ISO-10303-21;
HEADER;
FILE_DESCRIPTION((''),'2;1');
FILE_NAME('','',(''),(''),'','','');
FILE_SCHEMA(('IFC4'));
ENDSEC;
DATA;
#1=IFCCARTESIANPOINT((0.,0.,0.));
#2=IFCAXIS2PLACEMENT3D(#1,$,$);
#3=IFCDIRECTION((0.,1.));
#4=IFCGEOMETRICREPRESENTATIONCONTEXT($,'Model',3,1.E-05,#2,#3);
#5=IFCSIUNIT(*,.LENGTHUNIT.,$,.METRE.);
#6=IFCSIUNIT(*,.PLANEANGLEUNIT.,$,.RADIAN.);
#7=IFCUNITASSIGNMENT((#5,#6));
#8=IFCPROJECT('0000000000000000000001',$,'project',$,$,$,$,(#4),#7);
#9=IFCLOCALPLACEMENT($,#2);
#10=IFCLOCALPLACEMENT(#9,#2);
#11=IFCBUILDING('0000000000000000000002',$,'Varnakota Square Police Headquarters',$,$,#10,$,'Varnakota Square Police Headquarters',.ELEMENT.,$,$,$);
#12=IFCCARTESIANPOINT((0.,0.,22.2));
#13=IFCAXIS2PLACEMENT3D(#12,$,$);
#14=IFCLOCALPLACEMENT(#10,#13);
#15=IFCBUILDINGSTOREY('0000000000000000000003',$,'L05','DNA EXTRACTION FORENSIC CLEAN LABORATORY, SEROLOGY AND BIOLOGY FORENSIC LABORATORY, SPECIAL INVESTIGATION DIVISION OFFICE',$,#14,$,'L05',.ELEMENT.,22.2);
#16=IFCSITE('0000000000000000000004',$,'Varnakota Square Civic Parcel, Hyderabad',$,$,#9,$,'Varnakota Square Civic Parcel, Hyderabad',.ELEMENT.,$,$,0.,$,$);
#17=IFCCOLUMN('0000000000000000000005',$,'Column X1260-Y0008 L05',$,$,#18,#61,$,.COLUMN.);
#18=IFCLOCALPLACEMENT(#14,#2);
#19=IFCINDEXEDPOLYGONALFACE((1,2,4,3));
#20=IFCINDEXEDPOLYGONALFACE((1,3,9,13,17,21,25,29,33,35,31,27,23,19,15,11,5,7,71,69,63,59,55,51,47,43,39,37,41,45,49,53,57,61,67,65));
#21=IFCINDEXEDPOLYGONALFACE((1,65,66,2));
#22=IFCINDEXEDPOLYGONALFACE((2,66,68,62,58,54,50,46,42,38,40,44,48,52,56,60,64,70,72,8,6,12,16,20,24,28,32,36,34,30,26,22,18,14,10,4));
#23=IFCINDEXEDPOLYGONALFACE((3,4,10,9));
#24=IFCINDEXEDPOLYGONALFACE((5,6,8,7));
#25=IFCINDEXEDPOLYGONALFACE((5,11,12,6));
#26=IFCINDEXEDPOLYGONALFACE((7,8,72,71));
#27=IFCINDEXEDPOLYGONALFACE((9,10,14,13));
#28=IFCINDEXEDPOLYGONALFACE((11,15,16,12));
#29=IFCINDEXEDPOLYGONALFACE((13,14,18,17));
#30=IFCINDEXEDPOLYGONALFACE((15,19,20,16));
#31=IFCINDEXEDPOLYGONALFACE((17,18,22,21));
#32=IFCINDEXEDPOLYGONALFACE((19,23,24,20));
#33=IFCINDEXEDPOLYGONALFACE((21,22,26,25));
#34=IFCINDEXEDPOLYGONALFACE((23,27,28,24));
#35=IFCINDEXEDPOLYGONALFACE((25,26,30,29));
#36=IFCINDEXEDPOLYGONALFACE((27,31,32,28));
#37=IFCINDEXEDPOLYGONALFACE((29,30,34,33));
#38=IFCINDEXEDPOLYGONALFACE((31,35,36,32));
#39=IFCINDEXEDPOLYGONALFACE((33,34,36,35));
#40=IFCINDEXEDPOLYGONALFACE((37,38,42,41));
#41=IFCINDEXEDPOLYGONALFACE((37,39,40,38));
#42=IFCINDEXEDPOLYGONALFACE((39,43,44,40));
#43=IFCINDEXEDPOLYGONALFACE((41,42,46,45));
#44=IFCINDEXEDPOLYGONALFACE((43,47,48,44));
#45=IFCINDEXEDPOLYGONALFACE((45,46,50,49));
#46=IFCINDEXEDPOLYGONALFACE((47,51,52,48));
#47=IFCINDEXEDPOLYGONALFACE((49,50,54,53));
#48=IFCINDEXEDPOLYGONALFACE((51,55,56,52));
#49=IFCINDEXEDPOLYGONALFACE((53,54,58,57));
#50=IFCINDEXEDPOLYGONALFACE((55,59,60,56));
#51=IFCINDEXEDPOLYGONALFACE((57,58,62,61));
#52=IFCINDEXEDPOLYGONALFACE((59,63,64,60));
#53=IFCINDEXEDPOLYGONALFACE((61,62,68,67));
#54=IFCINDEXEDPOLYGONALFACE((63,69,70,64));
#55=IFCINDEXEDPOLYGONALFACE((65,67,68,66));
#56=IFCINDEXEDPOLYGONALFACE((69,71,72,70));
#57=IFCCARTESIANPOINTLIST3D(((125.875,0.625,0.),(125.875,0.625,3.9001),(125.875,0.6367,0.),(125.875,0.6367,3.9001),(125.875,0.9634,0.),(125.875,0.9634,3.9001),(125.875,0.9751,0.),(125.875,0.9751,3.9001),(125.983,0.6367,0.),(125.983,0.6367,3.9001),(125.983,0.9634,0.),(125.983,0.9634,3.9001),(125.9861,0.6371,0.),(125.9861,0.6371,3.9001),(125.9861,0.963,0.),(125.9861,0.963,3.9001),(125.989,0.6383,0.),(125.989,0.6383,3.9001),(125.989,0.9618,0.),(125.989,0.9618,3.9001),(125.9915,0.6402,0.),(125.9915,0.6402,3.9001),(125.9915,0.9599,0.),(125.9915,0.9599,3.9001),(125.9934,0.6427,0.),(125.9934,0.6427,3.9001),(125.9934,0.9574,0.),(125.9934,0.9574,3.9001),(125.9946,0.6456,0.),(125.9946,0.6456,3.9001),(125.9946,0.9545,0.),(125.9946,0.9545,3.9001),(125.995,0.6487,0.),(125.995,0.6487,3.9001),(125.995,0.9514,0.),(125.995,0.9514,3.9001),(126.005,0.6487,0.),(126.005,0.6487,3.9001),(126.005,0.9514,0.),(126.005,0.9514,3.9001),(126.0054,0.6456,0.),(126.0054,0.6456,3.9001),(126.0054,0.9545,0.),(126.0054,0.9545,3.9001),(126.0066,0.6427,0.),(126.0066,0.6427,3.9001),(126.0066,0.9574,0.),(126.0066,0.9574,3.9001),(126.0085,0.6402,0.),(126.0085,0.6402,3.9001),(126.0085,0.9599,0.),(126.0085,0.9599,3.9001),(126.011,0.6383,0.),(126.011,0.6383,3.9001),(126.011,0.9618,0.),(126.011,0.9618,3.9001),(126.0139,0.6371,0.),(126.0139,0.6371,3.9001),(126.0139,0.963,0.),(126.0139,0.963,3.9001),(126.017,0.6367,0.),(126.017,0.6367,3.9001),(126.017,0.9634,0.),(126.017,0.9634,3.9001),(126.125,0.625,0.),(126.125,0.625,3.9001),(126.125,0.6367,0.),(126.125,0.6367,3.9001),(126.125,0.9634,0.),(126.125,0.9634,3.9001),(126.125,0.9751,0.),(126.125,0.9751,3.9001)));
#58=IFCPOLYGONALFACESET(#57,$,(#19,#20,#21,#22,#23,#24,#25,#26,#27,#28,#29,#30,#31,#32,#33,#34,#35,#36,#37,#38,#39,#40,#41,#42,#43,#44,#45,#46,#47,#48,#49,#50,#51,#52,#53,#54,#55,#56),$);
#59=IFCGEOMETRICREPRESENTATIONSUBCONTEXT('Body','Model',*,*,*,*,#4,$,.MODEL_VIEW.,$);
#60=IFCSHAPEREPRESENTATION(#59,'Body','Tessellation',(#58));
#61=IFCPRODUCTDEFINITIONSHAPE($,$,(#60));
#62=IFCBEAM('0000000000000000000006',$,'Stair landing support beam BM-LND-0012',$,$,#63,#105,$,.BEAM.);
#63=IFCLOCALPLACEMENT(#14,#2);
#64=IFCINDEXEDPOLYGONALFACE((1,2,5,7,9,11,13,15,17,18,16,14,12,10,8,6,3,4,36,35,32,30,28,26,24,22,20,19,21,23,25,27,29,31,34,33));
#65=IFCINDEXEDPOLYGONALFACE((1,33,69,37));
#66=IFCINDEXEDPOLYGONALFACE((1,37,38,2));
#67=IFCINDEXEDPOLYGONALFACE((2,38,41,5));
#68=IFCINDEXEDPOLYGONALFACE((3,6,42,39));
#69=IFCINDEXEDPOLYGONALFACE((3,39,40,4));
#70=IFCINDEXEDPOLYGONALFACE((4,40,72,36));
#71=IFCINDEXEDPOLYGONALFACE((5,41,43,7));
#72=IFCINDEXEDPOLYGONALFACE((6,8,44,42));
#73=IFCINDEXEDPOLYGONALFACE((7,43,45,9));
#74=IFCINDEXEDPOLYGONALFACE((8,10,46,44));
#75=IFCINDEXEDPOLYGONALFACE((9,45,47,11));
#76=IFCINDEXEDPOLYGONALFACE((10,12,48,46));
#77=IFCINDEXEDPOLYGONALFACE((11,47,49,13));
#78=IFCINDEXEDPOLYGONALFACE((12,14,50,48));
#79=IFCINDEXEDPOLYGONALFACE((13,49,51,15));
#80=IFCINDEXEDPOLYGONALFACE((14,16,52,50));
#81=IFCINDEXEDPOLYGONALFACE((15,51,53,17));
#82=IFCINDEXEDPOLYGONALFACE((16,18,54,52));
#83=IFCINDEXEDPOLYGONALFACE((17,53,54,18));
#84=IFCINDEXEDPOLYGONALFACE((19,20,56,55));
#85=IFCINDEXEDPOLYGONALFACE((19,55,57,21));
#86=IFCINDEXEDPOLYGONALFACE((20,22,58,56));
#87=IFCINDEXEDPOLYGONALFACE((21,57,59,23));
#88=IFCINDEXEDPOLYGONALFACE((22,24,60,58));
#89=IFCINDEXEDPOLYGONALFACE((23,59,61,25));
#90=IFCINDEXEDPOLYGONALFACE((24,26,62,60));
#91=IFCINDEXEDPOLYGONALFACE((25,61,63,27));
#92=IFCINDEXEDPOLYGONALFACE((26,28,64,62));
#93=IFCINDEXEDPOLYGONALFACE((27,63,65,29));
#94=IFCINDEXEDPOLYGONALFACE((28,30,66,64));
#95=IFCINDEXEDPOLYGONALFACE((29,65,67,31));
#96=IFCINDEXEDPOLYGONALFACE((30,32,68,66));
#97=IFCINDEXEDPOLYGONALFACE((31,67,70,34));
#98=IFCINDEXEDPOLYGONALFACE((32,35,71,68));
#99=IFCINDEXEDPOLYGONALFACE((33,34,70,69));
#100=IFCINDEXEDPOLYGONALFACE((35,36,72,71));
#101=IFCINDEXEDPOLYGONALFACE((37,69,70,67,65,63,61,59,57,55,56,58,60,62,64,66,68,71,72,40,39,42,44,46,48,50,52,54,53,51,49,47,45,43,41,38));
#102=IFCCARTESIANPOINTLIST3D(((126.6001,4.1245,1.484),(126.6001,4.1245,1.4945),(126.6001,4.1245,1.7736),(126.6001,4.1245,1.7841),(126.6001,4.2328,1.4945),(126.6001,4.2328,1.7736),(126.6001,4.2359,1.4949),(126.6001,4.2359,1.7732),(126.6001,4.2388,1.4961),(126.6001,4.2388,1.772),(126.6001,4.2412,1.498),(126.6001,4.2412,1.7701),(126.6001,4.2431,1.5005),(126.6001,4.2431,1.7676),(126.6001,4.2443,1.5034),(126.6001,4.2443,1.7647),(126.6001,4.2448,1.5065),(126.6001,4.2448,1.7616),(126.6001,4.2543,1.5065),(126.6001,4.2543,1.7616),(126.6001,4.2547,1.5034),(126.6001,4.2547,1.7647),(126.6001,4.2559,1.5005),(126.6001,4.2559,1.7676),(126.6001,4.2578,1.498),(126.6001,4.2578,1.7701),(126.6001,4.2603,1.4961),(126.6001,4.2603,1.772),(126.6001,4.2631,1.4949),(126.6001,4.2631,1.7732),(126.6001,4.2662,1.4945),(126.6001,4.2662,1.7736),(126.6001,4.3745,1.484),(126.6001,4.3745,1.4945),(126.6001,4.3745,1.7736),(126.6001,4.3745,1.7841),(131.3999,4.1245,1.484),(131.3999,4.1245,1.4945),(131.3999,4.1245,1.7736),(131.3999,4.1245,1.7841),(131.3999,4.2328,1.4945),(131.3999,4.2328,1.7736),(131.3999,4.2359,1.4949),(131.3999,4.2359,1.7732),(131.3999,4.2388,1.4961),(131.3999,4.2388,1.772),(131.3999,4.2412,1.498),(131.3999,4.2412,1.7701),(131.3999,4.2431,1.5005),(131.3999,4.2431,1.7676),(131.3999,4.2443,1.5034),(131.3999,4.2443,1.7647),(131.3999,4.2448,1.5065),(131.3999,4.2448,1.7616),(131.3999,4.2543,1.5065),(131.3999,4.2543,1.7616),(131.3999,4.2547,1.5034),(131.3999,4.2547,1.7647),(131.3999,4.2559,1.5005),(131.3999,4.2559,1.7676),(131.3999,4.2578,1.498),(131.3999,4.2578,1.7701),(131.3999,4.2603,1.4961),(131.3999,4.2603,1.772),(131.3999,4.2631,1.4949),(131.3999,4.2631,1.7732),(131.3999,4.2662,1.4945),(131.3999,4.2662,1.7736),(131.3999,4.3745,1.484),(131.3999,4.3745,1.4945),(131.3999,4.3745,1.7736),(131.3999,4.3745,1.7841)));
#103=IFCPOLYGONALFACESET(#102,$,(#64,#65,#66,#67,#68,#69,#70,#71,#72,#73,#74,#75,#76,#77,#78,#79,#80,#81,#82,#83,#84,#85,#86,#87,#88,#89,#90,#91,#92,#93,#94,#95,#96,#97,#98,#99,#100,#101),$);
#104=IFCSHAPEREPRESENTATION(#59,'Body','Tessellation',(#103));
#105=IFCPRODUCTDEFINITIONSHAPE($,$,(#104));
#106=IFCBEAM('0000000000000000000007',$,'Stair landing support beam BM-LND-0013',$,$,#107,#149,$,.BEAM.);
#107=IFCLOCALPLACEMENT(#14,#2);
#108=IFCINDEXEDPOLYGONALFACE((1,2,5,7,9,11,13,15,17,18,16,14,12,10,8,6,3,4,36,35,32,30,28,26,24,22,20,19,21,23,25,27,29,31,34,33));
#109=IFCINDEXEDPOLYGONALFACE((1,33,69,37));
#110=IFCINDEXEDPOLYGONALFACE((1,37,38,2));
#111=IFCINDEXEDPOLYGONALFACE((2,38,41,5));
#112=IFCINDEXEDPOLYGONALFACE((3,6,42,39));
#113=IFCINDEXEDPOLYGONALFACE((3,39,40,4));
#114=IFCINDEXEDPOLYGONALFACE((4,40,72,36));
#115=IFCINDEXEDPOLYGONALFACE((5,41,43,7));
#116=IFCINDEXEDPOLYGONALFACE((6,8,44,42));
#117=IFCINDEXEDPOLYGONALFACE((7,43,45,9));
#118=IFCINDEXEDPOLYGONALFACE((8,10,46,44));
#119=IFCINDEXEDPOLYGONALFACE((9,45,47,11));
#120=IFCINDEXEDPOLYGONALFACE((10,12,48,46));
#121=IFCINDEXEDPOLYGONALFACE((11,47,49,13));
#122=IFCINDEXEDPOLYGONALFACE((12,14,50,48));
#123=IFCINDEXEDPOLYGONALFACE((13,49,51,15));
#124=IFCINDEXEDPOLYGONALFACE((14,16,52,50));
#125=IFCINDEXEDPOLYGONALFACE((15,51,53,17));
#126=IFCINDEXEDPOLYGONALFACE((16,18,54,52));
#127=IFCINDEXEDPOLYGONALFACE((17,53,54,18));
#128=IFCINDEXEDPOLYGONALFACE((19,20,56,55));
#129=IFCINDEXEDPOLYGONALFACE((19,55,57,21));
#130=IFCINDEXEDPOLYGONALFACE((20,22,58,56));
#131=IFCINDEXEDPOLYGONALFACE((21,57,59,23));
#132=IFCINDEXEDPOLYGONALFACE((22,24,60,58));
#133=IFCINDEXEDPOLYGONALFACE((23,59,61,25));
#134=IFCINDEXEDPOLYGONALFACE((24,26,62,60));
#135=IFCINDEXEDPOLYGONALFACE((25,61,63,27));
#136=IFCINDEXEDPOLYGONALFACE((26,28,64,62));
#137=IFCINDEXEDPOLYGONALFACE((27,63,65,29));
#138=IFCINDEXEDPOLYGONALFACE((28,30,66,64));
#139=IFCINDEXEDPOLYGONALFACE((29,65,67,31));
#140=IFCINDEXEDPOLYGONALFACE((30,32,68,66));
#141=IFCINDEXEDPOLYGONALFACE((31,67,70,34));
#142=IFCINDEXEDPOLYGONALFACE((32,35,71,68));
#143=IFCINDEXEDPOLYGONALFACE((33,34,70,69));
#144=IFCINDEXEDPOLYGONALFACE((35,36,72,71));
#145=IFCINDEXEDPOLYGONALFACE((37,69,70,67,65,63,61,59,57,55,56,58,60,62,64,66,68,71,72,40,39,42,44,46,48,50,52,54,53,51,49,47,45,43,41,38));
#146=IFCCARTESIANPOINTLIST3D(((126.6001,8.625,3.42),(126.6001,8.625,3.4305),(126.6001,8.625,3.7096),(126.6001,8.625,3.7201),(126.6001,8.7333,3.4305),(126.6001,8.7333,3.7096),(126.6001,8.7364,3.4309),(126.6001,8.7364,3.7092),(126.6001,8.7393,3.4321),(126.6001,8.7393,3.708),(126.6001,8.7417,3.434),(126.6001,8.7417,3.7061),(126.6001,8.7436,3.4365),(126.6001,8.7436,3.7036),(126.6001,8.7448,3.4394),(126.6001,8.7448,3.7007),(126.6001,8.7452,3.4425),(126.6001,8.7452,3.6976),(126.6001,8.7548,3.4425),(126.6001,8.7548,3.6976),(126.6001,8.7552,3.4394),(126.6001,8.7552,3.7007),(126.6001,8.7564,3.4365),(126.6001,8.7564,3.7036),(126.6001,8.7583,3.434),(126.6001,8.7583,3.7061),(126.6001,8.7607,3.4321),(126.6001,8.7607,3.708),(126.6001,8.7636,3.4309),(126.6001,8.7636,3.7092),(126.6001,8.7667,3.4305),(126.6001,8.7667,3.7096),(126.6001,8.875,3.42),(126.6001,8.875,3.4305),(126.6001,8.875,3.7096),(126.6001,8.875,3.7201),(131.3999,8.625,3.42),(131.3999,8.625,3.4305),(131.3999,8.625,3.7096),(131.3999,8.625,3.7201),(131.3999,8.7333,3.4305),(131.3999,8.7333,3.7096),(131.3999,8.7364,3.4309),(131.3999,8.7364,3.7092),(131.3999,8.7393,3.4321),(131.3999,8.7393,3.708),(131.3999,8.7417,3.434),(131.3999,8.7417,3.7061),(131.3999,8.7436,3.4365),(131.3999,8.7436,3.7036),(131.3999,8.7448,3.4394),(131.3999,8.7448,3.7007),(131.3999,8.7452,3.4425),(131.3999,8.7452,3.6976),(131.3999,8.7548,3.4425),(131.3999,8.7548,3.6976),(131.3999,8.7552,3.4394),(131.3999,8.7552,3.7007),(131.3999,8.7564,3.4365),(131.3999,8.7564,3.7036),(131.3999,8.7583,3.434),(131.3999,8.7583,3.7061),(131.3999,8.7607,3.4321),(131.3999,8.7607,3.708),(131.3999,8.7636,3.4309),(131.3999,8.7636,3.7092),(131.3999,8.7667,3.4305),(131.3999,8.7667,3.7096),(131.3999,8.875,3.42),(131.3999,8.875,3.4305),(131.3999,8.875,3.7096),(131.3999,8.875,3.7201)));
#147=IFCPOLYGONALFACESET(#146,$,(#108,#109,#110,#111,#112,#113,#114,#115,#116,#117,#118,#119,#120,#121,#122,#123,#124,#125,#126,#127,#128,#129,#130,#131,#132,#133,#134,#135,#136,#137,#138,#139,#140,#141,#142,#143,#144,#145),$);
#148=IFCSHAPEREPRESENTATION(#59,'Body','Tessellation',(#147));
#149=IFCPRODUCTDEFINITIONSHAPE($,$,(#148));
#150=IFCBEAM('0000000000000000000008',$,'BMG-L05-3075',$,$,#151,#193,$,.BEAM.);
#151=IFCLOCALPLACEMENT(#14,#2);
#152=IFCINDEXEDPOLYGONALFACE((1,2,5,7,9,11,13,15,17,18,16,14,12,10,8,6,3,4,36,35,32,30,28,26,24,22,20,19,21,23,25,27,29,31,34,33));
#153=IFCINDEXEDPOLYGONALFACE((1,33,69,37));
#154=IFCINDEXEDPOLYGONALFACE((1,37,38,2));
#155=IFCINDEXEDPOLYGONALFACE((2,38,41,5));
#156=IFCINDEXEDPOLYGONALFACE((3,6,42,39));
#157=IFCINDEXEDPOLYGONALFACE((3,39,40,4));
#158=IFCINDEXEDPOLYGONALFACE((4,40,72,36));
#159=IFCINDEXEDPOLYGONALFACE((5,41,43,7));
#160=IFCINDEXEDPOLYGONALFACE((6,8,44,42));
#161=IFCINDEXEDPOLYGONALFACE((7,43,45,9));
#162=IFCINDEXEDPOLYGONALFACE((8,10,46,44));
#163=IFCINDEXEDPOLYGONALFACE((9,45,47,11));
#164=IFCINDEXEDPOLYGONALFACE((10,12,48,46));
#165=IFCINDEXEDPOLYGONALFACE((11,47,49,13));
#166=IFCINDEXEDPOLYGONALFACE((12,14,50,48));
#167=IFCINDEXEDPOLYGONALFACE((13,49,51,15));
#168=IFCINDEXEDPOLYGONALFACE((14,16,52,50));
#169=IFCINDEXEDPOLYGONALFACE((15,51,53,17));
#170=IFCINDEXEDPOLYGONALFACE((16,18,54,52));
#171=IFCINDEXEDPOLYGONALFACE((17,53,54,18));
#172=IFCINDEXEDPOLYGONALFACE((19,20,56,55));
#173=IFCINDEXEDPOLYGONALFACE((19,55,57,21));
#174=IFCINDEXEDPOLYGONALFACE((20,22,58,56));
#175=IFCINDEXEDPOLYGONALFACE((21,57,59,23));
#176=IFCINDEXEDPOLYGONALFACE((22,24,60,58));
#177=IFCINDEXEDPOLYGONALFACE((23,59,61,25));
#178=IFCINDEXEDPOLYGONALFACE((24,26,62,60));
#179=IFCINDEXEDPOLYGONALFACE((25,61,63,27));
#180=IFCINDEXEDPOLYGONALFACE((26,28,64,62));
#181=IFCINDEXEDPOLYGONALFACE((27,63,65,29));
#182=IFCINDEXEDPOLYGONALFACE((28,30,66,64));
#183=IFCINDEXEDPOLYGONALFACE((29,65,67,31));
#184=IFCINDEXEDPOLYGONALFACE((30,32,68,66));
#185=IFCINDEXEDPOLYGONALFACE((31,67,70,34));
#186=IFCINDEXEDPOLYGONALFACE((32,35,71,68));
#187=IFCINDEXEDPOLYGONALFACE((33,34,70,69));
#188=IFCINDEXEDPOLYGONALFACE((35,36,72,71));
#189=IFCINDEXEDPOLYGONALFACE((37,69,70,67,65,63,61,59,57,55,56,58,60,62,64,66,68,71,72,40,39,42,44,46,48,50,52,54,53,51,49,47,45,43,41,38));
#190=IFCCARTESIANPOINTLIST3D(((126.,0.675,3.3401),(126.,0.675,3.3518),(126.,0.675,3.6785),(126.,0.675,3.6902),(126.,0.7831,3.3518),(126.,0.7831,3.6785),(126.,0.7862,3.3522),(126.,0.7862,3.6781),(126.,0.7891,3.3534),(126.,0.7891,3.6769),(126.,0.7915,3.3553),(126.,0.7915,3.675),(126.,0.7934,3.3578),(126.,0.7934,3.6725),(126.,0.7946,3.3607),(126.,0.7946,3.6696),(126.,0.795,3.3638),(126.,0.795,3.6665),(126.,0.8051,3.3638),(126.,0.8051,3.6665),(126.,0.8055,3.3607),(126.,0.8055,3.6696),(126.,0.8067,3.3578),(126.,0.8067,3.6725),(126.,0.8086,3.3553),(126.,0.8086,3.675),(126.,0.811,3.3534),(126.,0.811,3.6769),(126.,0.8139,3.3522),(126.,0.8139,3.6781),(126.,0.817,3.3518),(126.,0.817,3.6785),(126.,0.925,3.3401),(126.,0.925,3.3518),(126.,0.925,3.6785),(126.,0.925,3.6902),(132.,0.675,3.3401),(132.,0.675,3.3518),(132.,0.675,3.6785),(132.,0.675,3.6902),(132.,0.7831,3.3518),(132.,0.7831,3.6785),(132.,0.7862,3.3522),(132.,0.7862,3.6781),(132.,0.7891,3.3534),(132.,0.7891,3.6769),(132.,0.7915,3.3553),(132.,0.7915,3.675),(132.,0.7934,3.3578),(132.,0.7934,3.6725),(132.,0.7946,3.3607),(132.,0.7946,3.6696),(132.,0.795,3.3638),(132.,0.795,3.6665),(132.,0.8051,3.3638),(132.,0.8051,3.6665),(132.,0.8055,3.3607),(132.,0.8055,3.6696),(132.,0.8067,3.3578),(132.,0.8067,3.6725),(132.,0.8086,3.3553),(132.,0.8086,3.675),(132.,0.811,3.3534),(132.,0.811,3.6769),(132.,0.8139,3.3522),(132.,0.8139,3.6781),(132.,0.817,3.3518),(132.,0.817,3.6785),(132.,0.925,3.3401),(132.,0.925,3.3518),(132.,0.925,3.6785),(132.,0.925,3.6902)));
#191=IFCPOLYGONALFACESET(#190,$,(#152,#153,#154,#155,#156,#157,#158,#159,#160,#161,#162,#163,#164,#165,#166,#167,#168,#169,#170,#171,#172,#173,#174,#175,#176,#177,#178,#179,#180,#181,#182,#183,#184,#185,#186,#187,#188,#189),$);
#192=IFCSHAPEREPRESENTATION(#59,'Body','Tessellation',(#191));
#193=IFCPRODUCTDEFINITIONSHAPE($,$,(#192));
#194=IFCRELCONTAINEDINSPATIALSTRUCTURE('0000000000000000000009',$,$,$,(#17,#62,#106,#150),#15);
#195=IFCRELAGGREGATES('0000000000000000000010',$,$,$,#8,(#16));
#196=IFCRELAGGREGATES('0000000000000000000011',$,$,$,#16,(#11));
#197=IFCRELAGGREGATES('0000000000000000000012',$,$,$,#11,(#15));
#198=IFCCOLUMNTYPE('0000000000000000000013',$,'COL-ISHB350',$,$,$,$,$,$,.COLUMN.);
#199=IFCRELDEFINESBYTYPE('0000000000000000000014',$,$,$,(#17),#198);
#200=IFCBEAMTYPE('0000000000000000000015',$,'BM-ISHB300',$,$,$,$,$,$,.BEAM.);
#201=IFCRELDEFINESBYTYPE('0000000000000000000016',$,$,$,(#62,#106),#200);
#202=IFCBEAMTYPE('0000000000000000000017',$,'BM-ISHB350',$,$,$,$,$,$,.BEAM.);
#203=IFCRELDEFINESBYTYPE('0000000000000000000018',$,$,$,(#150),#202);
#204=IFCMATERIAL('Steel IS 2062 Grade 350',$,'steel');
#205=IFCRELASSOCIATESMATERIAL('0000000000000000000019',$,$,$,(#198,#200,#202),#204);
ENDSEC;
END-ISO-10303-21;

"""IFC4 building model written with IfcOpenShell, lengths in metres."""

from ifc_helpers import new_model, si_unit, direction, frame, origin, origin_2d, place, context, subcontext, project, spatial, i_section, extrude, material, material_profile, profile_set, type_object, element, save


model = new_model("IFC4")

# Units and contexts
model_context = context("Model", 3, precision=1e-05, world=origin(), true_north=direction((0.0, 1.0)))
body_context = subcontext(model_context, "Body", "Model", "MODEL_VIEW")
ifc_project = project(units=[si_unit("LENGTHUNIT", "METRE"), si_unit("PLANEANGLEUNIT", "RADIAN")], contexts=[model_context])

# Site, building, storey
site_placement = place(None, origin())
site = spatial("IfcSite", under=ifc_project, at=site_placement, Name="Varnakota Square Civic Parcel, Hyderabad", LongName="Varnakota Square Civic Parcel, Hyderabad", CompositionType="ELEMENT", RefElevation=0.0)
building_placement = place(site_placement, origin())
building = spatial("IfcBuilding", under=site, at=building_placement, Name="Varnakota Square Police Headquarters", LongName="Varnakota Square Police Headquarters", CompositionType="ELEMENT")
storey_placement = place(building_placement, frame((0.0, 0.0, 22.2)))
storey = spatial("IfcBuildingStorey", under=building, at=storey_placement, Name="L05", Description="DNA EXTRACTION FORENSIC CLEAN LABORATORY, SEROLOGY AND BIOLOGY FORENSIC LABORATORY, SPECIAL INVESTIGATION DIVISION OFFICE", LongName="L05", CompositionType="ELEMENT", Elevation=22.2)

# Column
ifc_material_1 = material(Name="Steel IS 2062 Grade 350", Category="steel")
ifc_material_profile_1 = material_profile(ifc_material_1, i_section(OverallWidth=0.25, OverallDepth=0.3501, WebThickness=0.01, FlangeThickness=0.0117, FilletRadius=0.012, at=origin_2d()), Name="ISHB 350")
ifc_profile_set_1 = profile_set([ifc_material_profile_1], Name="Steel IS 2062 Grade 350")
column_type = type_object("IfcColumnType", Name="COL-ISHB350", PredefinedType="COLUMN", material=ifc_profile_set_1)
column_placement = place(storey_placement, frame((126.0, 0.8, 0.0), z_axis=(0.0, 0.0, 1.0), x_axis=(1.0, 0.0, 0.0)))
element("IfcColumn", 1, at=column_placement, inside=storey, type_object=column_type, Name="Column X1260-Y0008 L05", PredefinedType="COLUMN", context=body_context, shape_type="SweptSolid", body=[
    extrude(i_section(OverallWidth=0.25, OverallDepth=0.3501, WebThickness=0.01, FlangeThickness=0.0117, FilletRadius=0.012, at=origin_2d()), origin(), (0.0, 0.0, 1.0), 3.9001),
])

# Beams
ifc_material_profile_2 = material_profile(ifc_material_1, i_section(OverallWidth=0.25, OverallDepth=0.3, WebThickness=0.0095, FlangeThickness=0.0105, FilletRadius=0.012, at=origin_2d()), Name="ISHB 300")
ifc_profile_set_2 = profile_set([ifc_material_profile_2], Name="Steel IS 2062 Grade 350")
beam_type_1 = type_object("IfcBeamType", Name="BM-ISHB300", PredefinedType="BEAM", material=ifc_profile_set_2)
for number, where, z_axis, x_axis, name in (
    (2, (126.6001, 4.2495, 1.634), (1.0, 0.0, 0.0), (0.0, 1.0, 0.0), "Stair landing support beam BM-LND-0012"),
    (3, (126.6001, 8.75, 3.5701), (1.0, 0.0, 0.0), (0.0, 1.0, 0.0), "Stair landing support beam BM-LND-0013"),
):
    element("IfcBeam", number, at=place(storey_placement, frame(where, z_axis=z_axis, x_axis=x_axis)), inside=storey, type_object=beam_type_1, Name=name, PredefinedType="BEAM", context=body_context, shape_type="SweptSolid", body=[
        extrude(i_section(OverallWidth=0.25, OverallDepth=0.3, WebThickness=0.0095, FlangeThickness=0.0105, FilletRadius=0.012, at=origin_2d()), origin(), (0.0, 0.0, 1.0), 4.7998),
    ])
ifc_material_profile_3 = material_profile(ifc_material_1, i_section(OverallWidth=0.25, OverallDepth=0.3501, WebThickness=0.01, FlangeThickness=0.0117, FilletRadius=0.012, at=origin_2d()), Name="ISHB 350")
ifc_profile_set_3 = profile_set([ifc_material_profile_3], Name="Steel IS 2062 Grade 350")
beam_type_2 = type_object("IfcBeamType", Name="BM-ISHB350", PredefinedType="BEAM", material=ifc_profile_set_3)
beam_1_placement = place(storey_placement, frame((126.0, 0.8, 3.5151), z_axis=(1.0, 0.0, 0.0), x_axis=(0.0, 1.0, 0.0)))
element("IfcBeam", 4, at=beam_1_placement, inside=storey, type_object=beam_type_2, Name="BMG-L05-3075", PredefinedType="BEAM", context=body_context, shape_type="SweptSolid", body=[
    extrude(i_section(OverallWidth=0.25, OverallDepth=0.3501, WebThickness=0.01, FlangeThickness=0.0117, FilletRadius=0.012, at=origin_2d()), origin(), (0.0, 0.0, 1.0), 6.0),
])

save(model, "model.ifc")
